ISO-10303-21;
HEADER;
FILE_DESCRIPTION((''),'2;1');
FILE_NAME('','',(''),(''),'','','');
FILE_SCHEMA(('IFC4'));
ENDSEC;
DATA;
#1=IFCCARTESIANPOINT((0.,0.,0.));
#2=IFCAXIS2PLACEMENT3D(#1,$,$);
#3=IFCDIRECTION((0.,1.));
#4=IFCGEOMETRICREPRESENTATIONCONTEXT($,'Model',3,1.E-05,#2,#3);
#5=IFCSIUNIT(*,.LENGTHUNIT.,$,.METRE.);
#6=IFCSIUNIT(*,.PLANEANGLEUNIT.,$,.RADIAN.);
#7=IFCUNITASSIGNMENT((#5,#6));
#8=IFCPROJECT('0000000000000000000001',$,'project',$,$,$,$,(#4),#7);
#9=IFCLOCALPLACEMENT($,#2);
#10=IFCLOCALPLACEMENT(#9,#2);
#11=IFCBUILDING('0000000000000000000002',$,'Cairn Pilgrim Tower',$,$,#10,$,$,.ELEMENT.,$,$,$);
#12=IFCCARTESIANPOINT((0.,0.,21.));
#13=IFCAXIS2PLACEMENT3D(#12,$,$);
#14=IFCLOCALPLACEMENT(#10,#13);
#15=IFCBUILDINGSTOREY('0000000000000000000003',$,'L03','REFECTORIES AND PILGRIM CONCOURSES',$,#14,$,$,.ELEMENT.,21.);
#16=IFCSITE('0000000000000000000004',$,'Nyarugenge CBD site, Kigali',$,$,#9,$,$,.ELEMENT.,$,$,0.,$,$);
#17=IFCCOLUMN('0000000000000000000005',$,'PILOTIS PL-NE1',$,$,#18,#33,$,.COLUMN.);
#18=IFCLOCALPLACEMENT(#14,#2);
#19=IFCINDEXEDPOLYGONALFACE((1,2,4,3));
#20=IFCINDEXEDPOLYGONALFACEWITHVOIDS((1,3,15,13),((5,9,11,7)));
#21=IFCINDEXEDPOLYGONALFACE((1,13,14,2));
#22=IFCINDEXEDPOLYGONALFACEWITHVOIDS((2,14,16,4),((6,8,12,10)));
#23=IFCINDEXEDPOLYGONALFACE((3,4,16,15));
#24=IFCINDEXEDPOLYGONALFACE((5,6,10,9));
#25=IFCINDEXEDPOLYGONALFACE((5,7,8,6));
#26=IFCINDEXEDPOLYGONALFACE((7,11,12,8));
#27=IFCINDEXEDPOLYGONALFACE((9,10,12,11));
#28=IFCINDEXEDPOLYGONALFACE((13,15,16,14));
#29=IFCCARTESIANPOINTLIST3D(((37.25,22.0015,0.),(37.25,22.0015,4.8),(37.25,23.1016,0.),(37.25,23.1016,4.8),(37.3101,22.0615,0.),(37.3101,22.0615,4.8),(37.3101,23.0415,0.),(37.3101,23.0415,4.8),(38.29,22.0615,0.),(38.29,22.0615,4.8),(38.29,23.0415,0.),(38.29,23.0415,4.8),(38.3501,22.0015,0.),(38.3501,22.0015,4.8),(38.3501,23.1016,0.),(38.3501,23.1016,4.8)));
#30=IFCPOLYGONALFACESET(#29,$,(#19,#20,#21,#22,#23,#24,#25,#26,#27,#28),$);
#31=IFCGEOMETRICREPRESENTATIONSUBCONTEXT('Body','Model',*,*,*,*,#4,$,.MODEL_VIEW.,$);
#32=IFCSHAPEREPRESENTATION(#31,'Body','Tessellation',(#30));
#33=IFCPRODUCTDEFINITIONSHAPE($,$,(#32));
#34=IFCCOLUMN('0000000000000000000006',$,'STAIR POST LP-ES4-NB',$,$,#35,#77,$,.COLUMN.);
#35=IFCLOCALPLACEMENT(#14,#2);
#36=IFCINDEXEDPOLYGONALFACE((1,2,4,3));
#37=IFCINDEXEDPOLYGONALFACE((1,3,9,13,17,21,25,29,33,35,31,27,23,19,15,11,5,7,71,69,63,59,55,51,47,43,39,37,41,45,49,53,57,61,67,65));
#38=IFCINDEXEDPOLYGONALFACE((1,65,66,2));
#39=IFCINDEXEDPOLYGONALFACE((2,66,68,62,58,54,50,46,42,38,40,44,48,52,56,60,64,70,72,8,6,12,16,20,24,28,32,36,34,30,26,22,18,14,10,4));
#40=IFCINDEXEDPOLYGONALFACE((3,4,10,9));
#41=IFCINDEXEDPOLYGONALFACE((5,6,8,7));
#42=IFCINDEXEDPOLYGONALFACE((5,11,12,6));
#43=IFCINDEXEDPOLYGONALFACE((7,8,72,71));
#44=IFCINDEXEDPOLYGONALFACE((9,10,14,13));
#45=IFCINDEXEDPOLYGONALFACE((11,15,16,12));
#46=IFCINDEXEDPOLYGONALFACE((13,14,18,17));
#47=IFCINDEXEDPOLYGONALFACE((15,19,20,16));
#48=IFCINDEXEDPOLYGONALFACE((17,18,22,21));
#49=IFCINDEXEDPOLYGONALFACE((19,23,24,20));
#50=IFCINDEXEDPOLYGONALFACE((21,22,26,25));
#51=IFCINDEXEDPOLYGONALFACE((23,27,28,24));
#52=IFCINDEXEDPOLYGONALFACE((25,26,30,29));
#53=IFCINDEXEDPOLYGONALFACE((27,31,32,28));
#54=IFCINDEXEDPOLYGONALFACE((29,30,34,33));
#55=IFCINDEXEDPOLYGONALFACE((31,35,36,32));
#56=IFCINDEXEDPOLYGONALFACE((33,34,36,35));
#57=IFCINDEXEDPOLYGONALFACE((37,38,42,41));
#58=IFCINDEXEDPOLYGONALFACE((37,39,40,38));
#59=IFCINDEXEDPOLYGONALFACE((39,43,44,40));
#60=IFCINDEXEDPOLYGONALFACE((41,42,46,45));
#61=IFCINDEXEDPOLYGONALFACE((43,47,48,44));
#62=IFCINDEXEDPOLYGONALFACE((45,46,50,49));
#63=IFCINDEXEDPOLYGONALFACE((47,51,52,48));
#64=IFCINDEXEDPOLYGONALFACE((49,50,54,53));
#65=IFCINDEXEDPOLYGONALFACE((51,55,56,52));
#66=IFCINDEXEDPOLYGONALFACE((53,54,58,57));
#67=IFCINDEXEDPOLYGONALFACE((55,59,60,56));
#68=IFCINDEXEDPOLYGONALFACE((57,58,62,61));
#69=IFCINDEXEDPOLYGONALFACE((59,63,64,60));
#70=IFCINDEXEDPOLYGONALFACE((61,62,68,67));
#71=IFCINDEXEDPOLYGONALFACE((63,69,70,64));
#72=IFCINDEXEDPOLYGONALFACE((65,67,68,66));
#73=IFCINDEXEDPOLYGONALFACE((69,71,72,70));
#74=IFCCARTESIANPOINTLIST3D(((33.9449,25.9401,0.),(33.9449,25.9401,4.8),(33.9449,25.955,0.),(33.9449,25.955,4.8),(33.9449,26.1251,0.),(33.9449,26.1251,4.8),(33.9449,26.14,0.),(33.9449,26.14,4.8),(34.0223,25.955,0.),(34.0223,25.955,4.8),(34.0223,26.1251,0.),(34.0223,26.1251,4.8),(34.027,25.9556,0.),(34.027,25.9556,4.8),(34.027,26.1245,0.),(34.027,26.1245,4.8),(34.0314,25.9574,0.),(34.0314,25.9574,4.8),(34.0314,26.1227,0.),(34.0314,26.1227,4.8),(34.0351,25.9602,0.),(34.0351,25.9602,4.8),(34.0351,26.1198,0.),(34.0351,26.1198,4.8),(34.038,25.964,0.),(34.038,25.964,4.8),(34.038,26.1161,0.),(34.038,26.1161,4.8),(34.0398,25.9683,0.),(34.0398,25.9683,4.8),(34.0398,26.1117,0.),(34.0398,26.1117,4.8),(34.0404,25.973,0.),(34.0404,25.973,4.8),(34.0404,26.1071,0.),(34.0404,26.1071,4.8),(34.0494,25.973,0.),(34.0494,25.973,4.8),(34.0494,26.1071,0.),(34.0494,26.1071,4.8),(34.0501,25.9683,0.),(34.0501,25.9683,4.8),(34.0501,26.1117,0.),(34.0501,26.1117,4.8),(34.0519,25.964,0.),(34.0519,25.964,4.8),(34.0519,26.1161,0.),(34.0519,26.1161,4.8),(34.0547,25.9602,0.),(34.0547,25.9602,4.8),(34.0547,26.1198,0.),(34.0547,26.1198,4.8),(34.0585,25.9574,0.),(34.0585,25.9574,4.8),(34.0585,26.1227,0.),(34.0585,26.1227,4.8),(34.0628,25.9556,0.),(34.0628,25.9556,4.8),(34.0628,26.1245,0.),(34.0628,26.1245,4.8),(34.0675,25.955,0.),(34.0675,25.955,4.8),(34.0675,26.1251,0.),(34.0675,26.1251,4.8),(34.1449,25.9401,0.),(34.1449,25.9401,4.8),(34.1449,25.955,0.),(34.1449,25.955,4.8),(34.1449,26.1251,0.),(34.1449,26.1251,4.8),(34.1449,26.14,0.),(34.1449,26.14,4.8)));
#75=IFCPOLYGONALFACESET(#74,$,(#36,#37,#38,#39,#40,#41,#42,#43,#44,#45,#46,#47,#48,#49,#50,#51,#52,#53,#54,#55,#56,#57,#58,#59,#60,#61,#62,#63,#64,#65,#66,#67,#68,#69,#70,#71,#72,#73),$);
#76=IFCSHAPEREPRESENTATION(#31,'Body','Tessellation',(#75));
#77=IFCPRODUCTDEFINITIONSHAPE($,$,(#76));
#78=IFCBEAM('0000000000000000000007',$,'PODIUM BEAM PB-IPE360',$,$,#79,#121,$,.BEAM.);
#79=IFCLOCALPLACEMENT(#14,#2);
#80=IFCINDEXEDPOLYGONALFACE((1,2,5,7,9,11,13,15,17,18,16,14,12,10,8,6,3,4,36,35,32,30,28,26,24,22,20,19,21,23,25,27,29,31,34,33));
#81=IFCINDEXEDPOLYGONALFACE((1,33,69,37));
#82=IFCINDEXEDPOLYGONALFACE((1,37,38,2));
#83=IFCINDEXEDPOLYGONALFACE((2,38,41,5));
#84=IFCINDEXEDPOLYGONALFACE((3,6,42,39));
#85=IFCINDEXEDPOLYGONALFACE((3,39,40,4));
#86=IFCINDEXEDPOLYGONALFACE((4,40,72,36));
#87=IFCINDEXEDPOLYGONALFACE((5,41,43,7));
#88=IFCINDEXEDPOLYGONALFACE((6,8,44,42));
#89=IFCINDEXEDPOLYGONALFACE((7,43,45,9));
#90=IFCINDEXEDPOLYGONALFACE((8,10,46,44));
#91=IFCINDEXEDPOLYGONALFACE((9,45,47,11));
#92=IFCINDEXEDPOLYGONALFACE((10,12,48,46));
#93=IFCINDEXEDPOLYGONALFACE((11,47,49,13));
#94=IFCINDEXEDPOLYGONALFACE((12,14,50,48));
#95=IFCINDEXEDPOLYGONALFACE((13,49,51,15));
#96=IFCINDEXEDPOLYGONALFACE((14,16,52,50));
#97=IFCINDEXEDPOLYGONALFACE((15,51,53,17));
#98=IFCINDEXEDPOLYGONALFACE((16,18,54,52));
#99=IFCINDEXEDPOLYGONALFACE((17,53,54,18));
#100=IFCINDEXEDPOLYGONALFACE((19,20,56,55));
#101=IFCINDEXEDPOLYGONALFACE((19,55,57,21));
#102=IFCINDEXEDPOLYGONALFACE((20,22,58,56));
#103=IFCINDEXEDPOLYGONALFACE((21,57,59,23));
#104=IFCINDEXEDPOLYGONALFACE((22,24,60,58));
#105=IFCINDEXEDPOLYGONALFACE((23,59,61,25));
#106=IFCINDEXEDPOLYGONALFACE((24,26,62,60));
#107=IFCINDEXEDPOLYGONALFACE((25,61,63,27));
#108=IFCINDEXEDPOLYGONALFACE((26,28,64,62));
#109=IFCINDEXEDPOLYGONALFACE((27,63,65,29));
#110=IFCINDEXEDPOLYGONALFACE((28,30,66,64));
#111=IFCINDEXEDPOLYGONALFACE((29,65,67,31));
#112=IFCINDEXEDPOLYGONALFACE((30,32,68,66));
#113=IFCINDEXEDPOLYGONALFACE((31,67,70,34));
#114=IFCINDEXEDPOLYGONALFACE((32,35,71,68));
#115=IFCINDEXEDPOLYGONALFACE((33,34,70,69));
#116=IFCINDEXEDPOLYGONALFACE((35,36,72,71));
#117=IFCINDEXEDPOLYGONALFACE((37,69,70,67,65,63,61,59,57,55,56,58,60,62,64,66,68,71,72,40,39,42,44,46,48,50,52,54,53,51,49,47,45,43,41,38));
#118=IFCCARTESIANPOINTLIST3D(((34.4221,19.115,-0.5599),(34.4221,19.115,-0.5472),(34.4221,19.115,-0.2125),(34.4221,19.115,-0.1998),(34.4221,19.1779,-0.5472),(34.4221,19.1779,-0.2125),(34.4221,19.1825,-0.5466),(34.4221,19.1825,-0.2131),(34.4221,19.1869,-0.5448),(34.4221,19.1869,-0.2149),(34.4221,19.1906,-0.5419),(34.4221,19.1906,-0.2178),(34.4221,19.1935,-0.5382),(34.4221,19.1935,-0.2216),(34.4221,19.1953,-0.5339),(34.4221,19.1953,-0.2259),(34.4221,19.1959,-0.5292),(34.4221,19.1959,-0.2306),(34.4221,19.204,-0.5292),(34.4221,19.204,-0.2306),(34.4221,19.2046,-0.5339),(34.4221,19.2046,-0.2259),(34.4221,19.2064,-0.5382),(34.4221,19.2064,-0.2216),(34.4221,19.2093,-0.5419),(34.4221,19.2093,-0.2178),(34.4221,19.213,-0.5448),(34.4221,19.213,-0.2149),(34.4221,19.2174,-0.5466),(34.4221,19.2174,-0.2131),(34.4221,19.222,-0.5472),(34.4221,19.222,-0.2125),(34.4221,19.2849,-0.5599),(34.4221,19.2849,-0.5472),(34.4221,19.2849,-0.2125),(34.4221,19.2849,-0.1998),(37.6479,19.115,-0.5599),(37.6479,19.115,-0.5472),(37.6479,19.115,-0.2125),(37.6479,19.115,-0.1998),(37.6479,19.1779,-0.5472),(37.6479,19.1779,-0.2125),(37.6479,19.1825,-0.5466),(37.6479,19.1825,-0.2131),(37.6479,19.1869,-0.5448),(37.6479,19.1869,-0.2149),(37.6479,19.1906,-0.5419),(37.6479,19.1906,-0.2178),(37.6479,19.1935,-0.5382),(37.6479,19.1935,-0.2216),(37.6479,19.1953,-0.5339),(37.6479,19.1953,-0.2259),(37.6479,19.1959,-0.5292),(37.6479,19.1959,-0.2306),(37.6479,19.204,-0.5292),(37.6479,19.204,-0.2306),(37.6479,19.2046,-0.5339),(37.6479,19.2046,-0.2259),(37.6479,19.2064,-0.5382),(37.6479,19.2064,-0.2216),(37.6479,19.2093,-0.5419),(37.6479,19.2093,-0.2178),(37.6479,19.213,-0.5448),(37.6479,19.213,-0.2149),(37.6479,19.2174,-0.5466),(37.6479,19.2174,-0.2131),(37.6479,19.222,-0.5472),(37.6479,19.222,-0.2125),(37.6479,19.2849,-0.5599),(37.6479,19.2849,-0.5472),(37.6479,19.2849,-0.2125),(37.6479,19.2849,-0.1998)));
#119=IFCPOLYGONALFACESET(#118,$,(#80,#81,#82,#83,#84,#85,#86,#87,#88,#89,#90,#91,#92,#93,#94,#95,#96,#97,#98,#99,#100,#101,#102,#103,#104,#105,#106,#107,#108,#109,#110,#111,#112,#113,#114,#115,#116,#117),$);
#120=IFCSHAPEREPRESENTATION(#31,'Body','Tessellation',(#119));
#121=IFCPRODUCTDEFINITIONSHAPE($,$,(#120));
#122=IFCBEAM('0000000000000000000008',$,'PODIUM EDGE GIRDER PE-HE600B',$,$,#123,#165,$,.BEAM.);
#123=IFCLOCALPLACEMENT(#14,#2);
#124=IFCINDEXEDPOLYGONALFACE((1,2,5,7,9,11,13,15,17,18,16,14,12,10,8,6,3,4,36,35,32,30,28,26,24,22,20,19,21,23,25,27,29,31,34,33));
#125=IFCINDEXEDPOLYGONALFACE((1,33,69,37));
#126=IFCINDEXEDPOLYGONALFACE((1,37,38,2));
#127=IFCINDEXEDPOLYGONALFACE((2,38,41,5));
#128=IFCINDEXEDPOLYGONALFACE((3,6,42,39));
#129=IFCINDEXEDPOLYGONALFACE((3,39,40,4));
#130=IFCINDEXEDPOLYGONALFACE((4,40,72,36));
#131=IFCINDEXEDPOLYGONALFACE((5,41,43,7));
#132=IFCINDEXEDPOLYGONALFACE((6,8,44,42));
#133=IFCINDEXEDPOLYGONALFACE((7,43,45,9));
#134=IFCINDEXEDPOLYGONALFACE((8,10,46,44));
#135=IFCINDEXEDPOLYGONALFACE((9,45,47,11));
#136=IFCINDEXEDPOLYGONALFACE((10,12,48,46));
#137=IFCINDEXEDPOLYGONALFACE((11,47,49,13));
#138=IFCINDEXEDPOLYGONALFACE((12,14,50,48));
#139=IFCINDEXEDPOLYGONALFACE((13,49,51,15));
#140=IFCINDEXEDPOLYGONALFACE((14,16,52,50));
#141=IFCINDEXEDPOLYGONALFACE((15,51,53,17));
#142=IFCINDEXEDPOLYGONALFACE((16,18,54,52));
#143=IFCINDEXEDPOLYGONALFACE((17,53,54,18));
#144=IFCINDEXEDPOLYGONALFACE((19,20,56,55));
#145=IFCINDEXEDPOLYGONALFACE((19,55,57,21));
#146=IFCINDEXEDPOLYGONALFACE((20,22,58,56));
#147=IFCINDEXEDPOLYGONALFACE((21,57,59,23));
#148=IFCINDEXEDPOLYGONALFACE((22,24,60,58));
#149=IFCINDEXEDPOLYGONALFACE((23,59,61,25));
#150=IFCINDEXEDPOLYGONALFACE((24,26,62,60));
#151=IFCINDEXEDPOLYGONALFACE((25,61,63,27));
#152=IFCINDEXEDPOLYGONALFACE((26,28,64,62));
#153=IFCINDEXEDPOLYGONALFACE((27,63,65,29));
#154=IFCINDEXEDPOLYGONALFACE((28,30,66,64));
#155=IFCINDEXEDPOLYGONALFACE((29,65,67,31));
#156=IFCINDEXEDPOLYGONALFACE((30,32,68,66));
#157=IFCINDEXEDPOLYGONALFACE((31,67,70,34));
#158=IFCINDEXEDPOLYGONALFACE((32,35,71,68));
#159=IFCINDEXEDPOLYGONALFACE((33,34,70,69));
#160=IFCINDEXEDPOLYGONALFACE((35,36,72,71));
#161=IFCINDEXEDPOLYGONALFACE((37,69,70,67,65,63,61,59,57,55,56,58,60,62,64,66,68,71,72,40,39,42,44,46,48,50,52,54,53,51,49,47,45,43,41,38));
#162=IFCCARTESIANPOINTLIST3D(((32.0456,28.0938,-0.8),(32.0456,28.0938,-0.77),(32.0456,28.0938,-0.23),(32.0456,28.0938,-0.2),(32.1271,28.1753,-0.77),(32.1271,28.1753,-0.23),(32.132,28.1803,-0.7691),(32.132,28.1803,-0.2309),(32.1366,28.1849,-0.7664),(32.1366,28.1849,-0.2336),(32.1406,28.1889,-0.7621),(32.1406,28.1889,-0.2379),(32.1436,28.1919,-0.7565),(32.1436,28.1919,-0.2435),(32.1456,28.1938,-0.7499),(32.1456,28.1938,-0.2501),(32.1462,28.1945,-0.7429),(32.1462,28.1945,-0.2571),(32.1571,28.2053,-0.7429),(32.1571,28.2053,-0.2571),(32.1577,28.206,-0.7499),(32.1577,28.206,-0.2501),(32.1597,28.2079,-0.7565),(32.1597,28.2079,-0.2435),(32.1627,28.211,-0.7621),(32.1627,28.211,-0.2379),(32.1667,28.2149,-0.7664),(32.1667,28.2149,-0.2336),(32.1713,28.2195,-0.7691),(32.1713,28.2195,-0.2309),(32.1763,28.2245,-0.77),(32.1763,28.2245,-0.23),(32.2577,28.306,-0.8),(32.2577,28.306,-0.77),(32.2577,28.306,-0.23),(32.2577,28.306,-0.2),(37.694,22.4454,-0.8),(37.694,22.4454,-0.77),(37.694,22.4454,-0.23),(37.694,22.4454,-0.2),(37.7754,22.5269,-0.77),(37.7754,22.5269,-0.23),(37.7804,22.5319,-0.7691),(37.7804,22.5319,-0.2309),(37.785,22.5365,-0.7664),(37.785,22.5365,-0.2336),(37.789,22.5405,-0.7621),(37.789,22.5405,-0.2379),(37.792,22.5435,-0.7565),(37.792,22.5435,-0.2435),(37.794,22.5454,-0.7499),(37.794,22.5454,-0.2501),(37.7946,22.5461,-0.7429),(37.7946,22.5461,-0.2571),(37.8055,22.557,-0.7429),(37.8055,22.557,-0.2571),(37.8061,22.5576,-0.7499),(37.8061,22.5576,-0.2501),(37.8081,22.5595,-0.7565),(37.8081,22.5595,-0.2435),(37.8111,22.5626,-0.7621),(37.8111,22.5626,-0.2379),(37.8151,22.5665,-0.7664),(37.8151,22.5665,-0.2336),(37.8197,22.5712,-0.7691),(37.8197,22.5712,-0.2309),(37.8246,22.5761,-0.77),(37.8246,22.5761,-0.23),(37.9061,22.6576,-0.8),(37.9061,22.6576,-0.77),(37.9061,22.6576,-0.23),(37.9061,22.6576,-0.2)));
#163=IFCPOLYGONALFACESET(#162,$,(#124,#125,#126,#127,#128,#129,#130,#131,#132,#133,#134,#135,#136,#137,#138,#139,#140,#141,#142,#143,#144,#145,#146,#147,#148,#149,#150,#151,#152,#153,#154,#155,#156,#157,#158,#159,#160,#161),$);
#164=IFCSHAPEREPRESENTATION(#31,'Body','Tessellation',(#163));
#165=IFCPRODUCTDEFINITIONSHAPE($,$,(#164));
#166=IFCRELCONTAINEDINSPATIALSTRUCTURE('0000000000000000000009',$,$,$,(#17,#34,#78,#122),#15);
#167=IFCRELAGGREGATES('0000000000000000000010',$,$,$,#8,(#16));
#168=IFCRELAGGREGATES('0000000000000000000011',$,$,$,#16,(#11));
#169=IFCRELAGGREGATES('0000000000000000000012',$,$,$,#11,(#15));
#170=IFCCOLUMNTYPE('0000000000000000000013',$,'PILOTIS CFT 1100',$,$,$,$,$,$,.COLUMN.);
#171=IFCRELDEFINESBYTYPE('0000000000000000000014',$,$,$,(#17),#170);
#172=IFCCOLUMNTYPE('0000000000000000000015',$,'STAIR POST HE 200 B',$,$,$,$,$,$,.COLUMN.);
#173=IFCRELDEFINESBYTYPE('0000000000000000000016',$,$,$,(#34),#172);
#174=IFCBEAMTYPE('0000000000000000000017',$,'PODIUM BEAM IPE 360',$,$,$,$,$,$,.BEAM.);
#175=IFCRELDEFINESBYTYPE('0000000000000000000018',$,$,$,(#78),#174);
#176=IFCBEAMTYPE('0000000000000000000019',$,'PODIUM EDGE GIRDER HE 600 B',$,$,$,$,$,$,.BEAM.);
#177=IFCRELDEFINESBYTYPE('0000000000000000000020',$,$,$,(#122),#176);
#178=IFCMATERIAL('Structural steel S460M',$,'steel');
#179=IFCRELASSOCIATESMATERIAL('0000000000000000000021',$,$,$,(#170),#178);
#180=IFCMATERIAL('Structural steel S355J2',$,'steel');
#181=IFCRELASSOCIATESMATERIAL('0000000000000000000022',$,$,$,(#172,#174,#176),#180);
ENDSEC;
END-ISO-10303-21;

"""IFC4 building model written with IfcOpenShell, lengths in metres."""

from ifc_helpers import new_model, si_unit, direction, frame, origin, origin_2d, place, context, subcontext, project, spatial, hollow_rectangle, i_section, extrude, material, material_profile, profile_set, type_object, element, save


model = new_model("IFC4")

# Units and contexts
model_context = context("Model", 3, precision=1e-05, world=origin(), true_north=direction((0.0, 1.0)))
body_context = subcontext(model_context, "Body", "Model", "MODEL_VIEW")
ifc_project = project(units=[si_unit("LENGTHUNIT", "METRE"), si_unit("PLANEANGLEUNIT", "RADIAN")], contexts=[model_context])

# Site, building, storey
site_placement = place(None, origin())
site = spatial("IfcSite", under=ifc_project, at=site_placement, Name="Nyarugenge CBD site, Kigali", CompositionType="ELEMENT", RefElevation=0.0)
building_placement = place(site_placement, origin())
building = spatial("IfcBuilding", under=site, at=building_placement, Name="Cairn Pilgrim Tower", CompositionType="ELEMENT")
storey_placement = place(building_placement, frame((0.0, 0.0, 21.0)))
storey = spatial("IfcBuildingStorey", under=building, at=storey_placement, Name="L03", Description="REFECTORIES AND PILGRIM CONCOURSES", CompositionType="ELEMENT", Elevation=21.0)

# Columns
ifc_material_1 = material(Name="Structural steel S460M", Category="steel")
ifc_material_profile_1 = material_profile(ifc_material_1, hollow_rectangle(XDim=1.1001, YDim=1.1001, WallThickness=0.0601, at=origin_2d()), Name="BOX 1100x1100x60")
ifc_profile_set_1 = profile_set([ifc_material_profile_1], Name="Structural steel S460M")
column_type_1 = type_object("IfcColumnType", Name="PILOTIS CFT 1100", PredefinedType="COLUMN", material=ifc_profile_set_1)
column_1_placement = place(storey_placement, frame((37.8, 22.5515, 0.0), z_axis=(0.0, 0.0, 1.0), x_axis=(1.0, 0.0, 0.0)))
element("IfcColumn", 1, at=column_1_placement, inside=storey, type_object=column_type_1, Name="PILOTIS PL-NE1", PredefinedType="COLUMN", context=body_context, shape_type="SweptSolid", body=[
    extrude(hollow_rectangle(XDim=1.1001, YDim=1.1001, WallThickness=0.0601, at=origin_2d()), origin(), (0.0, 0.0, 1.0), 4.8),
])
ifc_material_2 = material(Name="Structural steel S355J2", Category="steel")
ifc_material_profile_2 = material_profile(ifc_material_2, i_section(OverallWidth=0.2, OverallDepth=0.2, WebThickness=0.009, FlangeThickness=0.0149, FilletRadius=0.0181, at=origin_2d()), Name="HE 200 B")
ifc_profile_set_2 = profile_set([ifc_material_profile_2], Name="Structural steel S355J2")
column_type_2 = type_object("IfcColumnType", Name="STAIR POST HE 200 B", PredefinedType="COLUMN", material=ifc_profile_set_2)
column_2_placement = place(storey_placement, frame((34.0449, 26.04, 0.0), z_axis=(0.0, 0.0, 1.0), x_axis=(1.0, 0.0, 0.0)))
element("IfcColumn", 2, at=column_2_placement, inside=storey, type_object=column_type_2, Name="STAIR POST LP-ES4-NB", PredefinedType="COLUMN", context=body_context, shape_type="SweptSolid", body=[
    extrude(i_section(OverallWidth=0.2, OverallDepth=0.2, WebThickness=0.009, FlangeThickness=0.0149, FilletRadius=0.0181, at=origin_2d()), origin(), (0.0, 0.0, 1.0), 4.8),
])

# Beams
ifc_material_profile_3 = material_profile(ifc_material_2, i_section(OverallWidth=0.1699, OverallDepth=0.3601, WebThickness=0.0081, FlangeThickness=0.0127, FilletRadius=0.0181, at=origin_2d()), Name="IPE 360")
ifc_profile_set_3 = profile_set([ifc_material_profile_3], Name="Structural steel S355J2")
beam_type_1 = type_object("IfcBeamType", Name="PODIUM BEAM IPE 360", PredefinedType="BEAM", material=ifc_profile_set_3)
beam_1_placement = place(storey_placement, frame((34.4221, 19.2, -0.3799), z_axis=(1.0, 0.0, 0.0), x_axis=(0.0, 1.0, 0.0)))
element("IfcBeam", 3, at=beam_1_placement, inside=storey, type_object=beam_type_1, Name="PODIUM BEAM PB-IPE360", PredefinedType="BEAM", context=body_context, shape_type="SweptSolid", body=[
    extrude(i_section(OverallWidth=0.1699, OverallDepth=0.3601, WebThickness=0.0081, FlangeThickness=0.0127, FilletRadius=0.0181, at=origin_2d()), origin(), (0.0, 0.0, 1.0), 3.2258),
])
ifc_material_profile_4 = material_profile(ifc_material_2, i_section(OverallWidth=0.3, OverallDepth=0.6001, WebThickness=0.0154, FlangeThickness=0.03, FilletRadius=0.0271, at=origin_2d()), Name="HEB 600")
ifc_profile_set_4 = profile_set([ifc_material_profile_4], Name="Structural steel S355J2")
beam_type_2 = type_object("IfcBeamType", Name="PODIUM EDGE GIRDER HE 600 B", PredefinedType="BEAM", material=ifc_profile_set_4)
beam_2_placement = place(storey_placement, frame((37.8, 22.5515, -0.5), z_axis=(-0.707107, 0.707107, 0.0), x_axis=(-0.707107, -0.707107, 0.0)))
element("IfcBeam", 4, at=beam_2_placement, inside=storey, type_object=beam_type_2, Name="PODIUM EDGE GIRDER PE-HE600B", PredefinedType="BEAM", context=body_context, shape_type="SweptSolid", body=[
    extrude(i_section(OverallWidth=0.3, OverallDepth=0.6001, WebThickness=0.0154, FlangeThickness=0.03, FilletRadius=0.0271, at=origin_2d()), origin(), (0.0, 0.0, 1.0), 7.988),
])

save(model, "model.ifc")
